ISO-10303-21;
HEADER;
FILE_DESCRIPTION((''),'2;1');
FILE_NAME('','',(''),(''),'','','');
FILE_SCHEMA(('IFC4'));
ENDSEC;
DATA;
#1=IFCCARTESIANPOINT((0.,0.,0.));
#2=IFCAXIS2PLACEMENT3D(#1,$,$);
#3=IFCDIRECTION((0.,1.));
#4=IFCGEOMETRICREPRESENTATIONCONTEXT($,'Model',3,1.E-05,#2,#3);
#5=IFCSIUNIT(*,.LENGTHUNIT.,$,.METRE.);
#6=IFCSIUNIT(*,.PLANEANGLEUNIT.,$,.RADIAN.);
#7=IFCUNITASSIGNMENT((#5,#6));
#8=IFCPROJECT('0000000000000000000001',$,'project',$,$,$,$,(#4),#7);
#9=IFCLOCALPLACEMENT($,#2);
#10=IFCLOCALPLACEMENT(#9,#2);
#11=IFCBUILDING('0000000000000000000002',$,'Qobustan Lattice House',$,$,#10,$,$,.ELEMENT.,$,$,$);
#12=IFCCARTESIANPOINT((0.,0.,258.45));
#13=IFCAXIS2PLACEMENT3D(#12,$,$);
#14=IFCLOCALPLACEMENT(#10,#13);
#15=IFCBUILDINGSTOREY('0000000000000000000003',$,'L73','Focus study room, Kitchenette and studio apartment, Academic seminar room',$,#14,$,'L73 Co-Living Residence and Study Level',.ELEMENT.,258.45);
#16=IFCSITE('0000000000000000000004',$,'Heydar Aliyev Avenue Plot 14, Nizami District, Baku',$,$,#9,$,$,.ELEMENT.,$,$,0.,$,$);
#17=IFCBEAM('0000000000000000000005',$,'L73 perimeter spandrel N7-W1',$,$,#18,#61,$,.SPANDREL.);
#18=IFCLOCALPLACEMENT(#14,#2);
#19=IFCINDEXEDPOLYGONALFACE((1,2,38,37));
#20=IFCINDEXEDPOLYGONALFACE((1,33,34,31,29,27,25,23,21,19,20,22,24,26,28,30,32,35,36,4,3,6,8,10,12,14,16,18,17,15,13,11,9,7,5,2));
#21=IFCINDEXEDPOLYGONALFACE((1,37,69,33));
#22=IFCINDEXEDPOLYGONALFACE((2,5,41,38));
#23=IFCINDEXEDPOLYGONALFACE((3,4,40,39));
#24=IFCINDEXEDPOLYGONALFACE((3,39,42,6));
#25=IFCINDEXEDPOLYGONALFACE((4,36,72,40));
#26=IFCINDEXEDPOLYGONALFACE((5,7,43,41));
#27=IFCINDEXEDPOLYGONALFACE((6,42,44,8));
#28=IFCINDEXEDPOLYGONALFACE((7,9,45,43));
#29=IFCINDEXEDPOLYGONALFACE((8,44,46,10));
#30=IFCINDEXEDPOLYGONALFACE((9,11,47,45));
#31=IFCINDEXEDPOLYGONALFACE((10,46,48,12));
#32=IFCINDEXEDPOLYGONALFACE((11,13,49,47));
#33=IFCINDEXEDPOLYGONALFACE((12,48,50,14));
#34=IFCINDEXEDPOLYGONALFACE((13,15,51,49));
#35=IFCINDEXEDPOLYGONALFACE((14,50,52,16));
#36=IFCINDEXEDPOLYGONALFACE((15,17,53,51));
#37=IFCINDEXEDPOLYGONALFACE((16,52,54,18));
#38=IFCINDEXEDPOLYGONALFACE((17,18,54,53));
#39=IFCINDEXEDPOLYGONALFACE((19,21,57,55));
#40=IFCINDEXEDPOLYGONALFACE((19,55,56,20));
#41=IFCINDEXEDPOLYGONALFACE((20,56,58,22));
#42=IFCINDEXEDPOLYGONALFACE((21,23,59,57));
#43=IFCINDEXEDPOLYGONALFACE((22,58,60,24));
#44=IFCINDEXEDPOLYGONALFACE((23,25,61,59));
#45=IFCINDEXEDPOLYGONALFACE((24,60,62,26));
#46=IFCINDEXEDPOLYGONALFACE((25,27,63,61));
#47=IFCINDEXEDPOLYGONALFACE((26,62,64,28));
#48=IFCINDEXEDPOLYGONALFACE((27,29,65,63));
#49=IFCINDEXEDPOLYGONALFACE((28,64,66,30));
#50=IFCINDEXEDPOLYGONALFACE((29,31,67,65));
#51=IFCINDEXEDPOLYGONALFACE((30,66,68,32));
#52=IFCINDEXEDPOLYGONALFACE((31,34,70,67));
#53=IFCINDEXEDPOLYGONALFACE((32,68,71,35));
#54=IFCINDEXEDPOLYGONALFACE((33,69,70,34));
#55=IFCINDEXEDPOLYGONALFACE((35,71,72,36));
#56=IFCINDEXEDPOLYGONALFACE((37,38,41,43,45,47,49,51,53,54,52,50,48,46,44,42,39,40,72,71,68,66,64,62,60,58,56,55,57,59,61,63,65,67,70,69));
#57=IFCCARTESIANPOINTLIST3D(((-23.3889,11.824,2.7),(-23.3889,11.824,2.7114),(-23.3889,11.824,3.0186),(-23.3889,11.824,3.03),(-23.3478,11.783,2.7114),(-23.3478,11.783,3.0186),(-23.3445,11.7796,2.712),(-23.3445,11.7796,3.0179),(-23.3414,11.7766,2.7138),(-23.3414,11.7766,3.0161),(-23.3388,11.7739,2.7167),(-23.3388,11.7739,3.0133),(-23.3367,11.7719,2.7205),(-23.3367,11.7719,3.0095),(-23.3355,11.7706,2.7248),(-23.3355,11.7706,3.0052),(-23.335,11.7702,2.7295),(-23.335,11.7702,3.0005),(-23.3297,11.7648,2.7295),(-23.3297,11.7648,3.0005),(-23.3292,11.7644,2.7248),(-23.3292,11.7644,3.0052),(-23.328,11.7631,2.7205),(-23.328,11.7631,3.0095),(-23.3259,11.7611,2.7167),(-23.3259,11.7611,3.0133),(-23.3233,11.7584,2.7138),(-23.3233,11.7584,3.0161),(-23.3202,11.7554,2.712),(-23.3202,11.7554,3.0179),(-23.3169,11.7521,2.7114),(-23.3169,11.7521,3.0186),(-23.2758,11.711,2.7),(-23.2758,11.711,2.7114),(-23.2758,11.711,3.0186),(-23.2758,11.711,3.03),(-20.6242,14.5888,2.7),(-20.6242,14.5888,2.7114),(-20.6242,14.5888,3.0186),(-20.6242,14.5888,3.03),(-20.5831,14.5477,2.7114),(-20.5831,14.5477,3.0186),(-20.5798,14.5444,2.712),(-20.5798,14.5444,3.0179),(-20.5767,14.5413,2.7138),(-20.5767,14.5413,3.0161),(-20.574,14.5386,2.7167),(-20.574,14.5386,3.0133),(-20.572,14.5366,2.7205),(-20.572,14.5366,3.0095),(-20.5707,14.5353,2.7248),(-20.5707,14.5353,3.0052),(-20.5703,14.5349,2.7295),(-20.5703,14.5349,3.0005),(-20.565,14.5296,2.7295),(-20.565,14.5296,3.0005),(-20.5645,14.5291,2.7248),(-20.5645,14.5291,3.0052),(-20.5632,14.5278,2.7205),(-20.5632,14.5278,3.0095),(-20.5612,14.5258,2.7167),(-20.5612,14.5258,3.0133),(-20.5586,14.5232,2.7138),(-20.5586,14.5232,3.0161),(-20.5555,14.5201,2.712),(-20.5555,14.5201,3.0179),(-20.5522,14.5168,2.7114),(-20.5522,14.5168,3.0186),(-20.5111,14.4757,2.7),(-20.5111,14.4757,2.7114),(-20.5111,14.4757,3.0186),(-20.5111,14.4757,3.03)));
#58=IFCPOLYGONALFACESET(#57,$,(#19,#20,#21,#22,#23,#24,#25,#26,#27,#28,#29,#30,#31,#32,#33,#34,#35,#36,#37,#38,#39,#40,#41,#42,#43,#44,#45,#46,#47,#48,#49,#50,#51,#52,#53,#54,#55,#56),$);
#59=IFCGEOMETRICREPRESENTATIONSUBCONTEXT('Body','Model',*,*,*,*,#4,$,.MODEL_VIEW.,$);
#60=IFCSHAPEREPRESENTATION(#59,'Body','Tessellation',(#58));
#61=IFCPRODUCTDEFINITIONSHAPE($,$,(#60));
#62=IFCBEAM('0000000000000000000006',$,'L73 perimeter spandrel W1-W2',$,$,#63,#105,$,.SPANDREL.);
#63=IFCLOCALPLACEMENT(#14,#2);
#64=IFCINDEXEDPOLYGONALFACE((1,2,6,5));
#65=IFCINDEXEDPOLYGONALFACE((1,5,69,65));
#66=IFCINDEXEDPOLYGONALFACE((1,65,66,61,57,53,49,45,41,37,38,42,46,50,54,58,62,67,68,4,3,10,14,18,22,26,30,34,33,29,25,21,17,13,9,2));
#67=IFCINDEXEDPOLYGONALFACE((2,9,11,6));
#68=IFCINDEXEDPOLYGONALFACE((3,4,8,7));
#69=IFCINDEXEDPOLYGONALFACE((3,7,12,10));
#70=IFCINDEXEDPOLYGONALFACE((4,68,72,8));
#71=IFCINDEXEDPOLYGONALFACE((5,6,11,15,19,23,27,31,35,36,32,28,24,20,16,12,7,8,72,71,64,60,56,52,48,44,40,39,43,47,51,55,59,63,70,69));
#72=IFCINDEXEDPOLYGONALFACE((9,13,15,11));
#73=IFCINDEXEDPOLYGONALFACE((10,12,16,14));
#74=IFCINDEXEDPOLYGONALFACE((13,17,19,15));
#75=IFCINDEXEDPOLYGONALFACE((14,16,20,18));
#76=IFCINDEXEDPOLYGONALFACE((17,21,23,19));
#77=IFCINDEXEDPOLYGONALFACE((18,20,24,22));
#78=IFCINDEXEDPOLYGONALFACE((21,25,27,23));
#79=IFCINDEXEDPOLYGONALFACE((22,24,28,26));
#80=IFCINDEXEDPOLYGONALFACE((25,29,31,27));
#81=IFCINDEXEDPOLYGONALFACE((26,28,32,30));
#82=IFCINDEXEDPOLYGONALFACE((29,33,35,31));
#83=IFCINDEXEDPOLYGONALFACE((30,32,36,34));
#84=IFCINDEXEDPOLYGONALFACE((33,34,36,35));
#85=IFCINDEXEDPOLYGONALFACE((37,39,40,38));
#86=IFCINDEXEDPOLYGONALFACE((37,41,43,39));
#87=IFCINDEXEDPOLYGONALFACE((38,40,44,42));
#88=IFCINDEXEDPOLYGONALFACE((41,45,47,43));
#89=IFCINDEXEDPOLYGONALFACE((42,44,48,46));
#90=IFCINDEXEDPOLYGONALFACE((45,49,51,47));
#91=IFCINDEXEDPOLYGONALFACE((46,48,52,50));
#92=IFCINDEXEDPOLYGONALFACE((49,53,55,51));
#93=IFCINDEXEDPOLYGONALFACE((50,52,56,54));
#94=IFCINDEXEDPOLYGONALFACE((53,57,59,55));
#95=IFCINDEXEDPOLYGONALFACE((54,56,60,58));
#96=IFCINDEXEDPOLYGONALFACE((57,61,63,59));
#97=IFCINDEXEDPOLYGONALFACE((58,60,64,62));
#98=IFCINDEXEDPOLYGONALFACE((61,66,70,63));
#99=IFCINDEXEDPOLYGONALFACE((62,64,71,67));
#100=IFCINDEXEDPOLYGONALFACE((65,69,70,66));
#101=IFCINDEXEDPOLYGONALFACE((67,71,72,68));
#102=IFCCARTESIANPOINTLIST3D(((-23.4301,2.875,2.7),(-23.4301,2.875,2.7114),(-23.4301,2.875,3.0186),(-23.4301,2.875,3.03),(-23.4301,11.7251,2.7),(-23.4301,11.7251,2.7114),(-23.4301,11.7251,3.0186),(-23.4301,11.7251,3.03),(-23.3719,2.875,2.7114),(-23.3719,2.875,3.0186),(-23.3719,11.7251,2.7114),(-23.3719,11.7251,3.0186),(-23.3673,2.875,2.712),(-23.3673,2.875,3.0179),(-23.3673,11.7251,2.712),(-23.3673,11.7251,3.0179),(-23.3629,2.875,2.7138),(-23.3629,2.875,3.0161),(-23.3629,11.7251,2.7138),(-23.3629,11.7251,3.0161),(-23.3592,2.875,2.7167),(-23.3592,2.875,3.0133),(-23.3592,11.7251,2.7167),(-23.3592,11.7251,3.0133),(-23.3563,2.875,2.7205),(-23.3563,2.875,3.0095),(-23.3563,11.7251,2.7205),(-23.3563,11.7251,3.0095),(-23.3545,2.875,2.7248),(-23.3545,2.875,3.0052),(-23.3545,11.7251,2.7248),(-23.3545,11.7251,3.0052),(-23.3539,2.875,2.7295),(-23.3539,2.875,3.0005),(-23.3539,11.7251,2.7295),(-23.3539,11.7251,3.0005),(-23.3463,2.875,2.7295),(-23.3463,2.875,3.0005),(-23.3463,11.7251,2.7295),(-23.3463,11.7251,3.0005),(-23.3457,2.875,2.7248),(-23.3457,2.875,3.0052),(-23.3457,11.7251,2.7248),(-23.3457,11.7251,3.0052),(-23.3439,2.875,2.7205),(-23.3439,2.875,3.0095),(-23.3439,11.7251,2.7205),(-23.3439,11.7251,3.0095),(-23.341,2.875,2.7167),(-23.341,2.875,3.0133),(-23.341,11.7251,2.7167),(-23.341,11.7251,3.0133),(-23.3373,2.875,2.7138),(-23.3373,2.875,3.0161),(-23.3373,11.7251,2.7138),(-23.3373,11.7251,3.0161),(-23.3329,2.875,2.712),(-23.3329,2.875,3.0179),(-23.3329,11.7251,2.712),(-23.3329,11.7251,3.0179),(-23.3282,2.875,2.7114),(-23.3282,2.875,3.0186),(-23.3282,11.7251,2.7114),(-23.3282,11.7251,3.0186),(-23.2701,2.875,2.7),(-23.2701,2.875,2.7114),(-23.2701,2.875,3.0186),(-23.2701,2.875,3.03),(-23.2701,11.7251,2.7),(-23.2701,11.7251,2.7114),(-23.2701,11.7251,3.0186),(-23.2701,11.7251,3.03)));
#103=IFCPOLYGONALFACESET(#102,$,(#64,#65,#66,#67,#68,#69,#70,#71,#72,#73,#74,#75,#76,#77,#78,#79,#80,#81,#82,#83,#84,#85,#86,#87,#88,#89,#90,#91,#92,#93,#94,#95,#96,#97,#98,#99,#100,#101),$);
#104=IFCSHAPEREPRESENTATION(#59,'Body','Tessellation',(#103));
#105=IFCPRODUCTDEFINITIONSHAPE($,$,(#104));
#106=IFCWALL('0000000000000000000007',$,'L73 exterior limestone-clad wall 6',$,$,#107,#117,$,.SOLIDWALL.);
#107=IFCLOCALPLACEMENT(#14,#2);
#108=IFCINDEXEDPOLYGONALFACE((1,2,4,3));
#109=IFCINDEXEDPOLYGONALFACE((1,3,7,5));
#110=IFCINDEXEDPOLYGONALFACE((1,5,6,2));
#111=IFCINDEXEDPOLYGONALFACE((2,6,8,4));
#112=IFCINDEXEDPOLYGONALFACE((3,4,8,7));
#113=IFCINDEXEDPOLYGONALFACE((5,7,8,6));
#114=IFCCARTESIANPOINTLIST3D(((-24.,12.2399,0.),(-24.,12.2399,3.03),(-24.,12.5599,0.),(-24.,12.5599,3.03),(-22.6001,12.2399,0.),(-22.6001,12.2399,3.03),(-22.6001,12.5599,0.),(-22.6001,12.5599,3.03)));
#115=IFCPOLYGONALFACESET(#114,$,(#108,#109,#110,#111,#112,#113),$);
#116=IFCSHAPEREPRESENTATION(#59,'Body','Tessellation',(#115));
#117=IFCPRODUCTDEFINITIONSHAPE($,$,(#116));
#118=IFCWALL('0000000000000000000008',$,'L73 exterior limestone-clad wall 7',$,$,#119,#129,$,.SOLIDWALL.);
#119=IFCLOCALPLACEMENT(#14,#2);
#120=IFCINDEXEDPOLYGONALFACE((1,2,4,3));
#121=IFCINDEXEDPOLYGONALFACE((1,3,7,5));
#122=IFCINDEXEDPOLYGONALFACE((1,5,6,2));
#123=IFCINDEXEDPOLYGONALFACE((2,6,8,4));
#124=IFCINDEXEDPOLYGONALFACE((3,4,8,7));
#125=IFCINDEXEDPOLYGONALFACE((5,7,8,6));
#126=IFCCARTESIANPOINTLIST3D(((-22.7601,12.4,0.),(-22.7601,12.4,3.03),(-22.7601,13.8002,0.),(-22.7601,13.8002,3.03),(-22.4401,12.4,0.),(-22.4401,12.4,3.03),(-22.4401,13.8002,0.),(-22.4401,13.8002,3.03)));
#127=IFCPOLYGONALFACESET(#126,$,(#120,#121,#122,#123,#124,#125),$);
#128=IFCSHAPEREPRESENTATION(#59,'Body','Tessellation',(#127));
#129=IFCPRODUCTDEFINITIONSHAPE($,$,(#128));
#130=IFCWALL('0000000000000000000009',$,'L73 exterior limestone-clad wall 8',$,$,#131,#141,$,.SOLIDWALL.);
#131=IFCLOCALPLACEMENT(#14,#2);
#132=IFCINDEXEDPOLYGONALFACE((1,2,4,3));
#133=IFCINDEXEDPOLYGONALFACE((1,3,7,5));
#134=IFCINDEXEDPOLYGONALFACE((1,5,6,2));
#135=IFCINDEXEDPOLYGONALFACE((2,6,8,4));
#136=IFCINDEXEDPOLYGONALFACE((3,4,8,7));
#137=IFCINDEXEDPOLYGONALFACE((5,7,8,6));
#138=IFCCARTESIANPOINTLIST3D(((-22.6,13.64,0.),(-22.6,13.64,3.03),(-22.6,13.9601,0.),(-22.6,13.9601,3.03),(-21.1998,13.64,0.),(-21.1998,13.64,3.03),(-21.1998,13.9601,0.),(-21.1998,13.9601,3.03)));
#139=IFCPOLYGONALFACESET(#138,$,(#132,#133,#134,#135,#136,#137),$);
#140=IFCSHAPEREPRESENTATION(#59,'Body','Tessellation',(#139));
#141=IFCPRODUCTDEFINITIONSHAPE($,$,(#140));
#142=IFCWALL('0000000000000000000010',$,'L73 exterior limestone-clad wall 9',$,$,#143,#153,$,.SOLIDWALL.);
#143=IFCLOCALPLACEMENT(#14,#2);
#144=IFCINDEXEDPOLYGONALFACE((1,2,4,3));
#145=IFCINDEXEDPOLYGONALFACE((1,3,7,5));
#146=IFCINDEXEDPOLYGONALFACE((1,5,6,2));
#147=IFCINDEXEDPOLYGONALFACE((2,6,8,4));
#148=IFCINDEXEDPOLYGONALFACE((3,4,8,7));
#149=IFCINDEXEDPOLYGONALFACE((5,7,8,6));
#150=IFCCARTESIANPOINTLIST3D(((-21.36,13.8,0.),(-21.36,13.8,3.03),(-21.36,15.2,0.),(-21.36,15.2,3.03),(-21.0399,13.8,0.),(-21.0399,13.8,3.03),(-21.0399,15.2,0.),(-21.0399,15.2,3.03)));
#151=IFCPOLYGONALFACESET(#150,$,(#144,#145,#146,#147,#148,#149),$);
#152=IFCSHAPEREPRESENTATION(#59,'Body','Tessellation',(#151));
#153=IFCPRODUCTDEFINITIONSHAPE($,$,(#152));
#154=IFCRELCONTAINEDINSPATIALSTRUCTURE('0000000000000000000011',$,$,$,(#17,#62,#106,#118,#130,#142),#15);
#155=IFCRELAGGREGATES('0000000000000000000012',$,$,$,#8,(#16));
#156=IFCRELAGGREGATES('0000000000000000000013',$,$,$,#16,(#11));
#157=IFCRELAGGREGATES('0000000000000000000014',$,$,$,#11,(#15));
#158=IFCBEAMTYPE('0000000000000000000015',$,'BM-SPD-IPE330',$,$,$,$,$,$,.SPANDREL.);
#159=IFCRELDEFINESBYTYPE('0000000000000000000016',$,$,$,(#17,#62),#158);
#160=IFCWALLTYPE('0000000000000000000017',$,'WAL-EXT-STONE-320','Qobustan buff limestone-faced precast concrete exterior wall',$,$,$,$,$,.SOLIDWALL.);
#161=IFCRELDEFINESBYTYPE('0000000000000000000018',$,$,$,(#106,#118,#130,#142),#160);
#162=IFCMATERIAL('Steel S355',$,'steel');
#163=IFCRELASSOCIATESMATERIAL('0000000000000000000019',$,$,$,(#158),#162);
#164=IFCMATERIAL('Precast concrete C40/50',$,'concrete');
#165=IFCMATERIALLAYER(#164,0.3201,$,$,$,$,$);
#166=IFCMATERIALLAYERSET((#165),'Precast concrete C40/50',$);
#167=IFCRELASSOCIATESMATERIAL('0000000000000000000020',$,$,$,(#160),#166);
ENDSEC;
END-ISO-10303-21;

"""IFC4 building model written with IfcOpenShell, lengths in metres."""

from ifc_helpers import new_model, si_unit, direction, frame, frame_2d, origin, origin_2d, place, context, subcontext, project, spatial, rectangle, i_section, extrude, material, layer, layer_set, material_profile, profile_set, type_object, element, save


model = new_model("IFC4")

# Units and contexts
model_context = context("Model", 3, precision=1e-05, world=origin(), true_north=direction((0.0, 1.0)))
body_context = subcontext(model_context, "Body", "Model", "MODEL_VIEW")
ifc_project = project(units=[si_unit("LENGTHUNIT", "METRE"), si_unit("PLANEANGLEUNIT", "RADIAN")], contexts=[model_context])

# Site, building, storey
site_placement = place(None, origin())
site = spatial("IfcSite", under=ifc_project, at=site_placement, Name="Heydar Aliyev Avenue Plot 14, Nizami District, Baku", CompositionType="ELEMENT", RefElevation=0.0)
building_placement = place(site_placement, origin())
building = spatial("IfcBuilding", under=site, at=building_placement, Name="Qobustan Lattice House", CompositionType="ELEMENT")
storey_placement = place(building_placement, frame((0.0, 0.0, 258.45)))
storey = spatial("IfcBuildingStorey", under=building, at=storey_placement, Name="L73", Description="Focus study room, Kitchenette and studio apartment, Academic seminar room", LongName="L73 Co-Living Residence and Study Level", CompositionType="ELEMENT", Elevation=258.45)

# Beams
ifc_material_1 = material(Name="Steel S355", Category="steel")
ifc_material_profile_1 = material_profile(ifc_material_1, i_section(OverallWidth=0.1599, OverallDepth=0.3301, WebThickness=0.0076, FlangeThickness=0.0115, FilletRadius=0.0181, at=origin_2d()), Name="IPE330")
ifc_profile_set_1 = profile_set([ifc_material_profile_1], Name="Steel S355")
beam_type_1 = type_object("IfcBeamType", Name="BM-SPD-IPE330", PredefinedType="SPANDREL", material=ifc_profile_set_1)
beam_1_placement = place(storey_placement, frame((-20.5676, 14.5322, 2.865), z_axis=(-0.707107, -0.707107, 0.0), x_axis=(0.707107, -0.707107, 0.0)))
element("IfcBeam", 1, at=beam_1_placement, inside=storey, type_object=beam_type_1, Name="L73 perimeter spandrel N7-W1", PredefinedType="SPANDREL", context=body_context, shape_type="SweptSolid", body=[
    extrude(i_section(OverallWidth=0.1599, OverallDepth=0.3301, WebThickness=0.0076, FlangeThickness=0.0115, FilletRadius=0.0181, at=origin_2d()), origin(), (0.0, 0.0, 1.0), 3.9099),
])
beam_2_placement = place(storey_placement, frame((-23.3501, 11.7251, 2.865), z_axis=(0.0, -1.0, 0.0), x_axis=(1.0, 0.0, 0.0)))
element("IfcBeam", 2, at=beam_2_placement, inside=storey, type_object=beam_type_1, Name="L73 perimeter spandrel W1-W2", PredefinedType="SPANDREL", context=body_context, shape_type="SweptSolid", body=[
    extrude(i_section(OverallWidth=0.1599, OverallDepth=0.3301, WebThickness=0.0076, FlangeThickness=0.0115, FilletRadius=0.0181, at=origin_2d()), origin(), (0.0, 0.0, 1.0), 8.8501),
])

# Walls
ifc_material_2 = material(Name="Precast concrete C40/50", Category="concrete")
ifc_layer_1 = layer(ifc_material_2, 0.3201)
ifc_layer_set_1 = layer_set([ifc_layer_1], Name="Precast concrete C40/50")
wall_type_1 = type_object("IfcWallType", Name="WAL-EXT-STONE-320", Description="Qobustan buff limestone-faced precast concrete exterior wall", PredefinedType="SOLIDWALL", material=ifc_layer_set_1)
wall_1_placement = place(storey_placement, frame((-24.0, 12.3999, 0.0), z_axis=(0.0, 0.0, 1.0), x_axis=(1.0, 0.0, 0.0)))
element("IfcWall", 3, at=wall_1_placement, inside=storey, type_object=wall_type_1, Name="L73 exterior limestone-clad wall 6", PredefinedType="SOLIDWALL", context=body_context, shape_type="SweptSolid", body=[
    extrude(rectangle(XDim=1.3999, YDim=0.3201, at=frame_2d((0.7, 0.0))), origin(), (0.0, 0.0, 1.0), 3.03),
])
for number, where, z_axis, x_axis, name in (
    (4, (-22.6001, 12.3999, 0.0), (0.0, 0.0, 1.0), (0.0, 1.0, 0.0), "L73 exterior limestone-clad wall 7"),
    (5, (-22.6001, 13.8, 0.0), (0.0, 0.0, 1.0), (1.0, 0.0, 0.0), "L73 exterior limestone-clad wall 8"),
):
    element("IfcWall", number, at=place(storey_placement, frame(where, z_axis=z_axis, x_axis=x_axis)), inside=storey, type_object=wall_type_1, Name=name, PredefinedType="SOLIDWALL", context=body_context, shape_type="SweptSolid", body=[
        extrude(rectangle(XDim=1.4001, YDim=0.3201, at=frame_2d((0.7002, 0.0))), origin(), (0.0, 0.0, 1.0), 3.03),
    ])
wall_2_placement = place(storey_placement, frame((-21.2, 13.8, 0.0), z_axis=(0.0, 0.0, 1.0), x_axis=(0.0, 1.0, 0.0)))
element("IfcWall", 6, at=wall_2_placement, inside=storey, type_object=wall_type_1, Name="L73 exterior limestone-clad wall 9", PredefinedType="SOLIDWALL", context=body_context, shape_type="SweptSolid", body=[
    extrude(rectangle(XDim=1.3999, YDim=0.3201, at=frame_2d((0.7, 0.0))), origin(), (0.0, 0.0, 1.0), 3.03),
])

save(model, "model.ifc")
